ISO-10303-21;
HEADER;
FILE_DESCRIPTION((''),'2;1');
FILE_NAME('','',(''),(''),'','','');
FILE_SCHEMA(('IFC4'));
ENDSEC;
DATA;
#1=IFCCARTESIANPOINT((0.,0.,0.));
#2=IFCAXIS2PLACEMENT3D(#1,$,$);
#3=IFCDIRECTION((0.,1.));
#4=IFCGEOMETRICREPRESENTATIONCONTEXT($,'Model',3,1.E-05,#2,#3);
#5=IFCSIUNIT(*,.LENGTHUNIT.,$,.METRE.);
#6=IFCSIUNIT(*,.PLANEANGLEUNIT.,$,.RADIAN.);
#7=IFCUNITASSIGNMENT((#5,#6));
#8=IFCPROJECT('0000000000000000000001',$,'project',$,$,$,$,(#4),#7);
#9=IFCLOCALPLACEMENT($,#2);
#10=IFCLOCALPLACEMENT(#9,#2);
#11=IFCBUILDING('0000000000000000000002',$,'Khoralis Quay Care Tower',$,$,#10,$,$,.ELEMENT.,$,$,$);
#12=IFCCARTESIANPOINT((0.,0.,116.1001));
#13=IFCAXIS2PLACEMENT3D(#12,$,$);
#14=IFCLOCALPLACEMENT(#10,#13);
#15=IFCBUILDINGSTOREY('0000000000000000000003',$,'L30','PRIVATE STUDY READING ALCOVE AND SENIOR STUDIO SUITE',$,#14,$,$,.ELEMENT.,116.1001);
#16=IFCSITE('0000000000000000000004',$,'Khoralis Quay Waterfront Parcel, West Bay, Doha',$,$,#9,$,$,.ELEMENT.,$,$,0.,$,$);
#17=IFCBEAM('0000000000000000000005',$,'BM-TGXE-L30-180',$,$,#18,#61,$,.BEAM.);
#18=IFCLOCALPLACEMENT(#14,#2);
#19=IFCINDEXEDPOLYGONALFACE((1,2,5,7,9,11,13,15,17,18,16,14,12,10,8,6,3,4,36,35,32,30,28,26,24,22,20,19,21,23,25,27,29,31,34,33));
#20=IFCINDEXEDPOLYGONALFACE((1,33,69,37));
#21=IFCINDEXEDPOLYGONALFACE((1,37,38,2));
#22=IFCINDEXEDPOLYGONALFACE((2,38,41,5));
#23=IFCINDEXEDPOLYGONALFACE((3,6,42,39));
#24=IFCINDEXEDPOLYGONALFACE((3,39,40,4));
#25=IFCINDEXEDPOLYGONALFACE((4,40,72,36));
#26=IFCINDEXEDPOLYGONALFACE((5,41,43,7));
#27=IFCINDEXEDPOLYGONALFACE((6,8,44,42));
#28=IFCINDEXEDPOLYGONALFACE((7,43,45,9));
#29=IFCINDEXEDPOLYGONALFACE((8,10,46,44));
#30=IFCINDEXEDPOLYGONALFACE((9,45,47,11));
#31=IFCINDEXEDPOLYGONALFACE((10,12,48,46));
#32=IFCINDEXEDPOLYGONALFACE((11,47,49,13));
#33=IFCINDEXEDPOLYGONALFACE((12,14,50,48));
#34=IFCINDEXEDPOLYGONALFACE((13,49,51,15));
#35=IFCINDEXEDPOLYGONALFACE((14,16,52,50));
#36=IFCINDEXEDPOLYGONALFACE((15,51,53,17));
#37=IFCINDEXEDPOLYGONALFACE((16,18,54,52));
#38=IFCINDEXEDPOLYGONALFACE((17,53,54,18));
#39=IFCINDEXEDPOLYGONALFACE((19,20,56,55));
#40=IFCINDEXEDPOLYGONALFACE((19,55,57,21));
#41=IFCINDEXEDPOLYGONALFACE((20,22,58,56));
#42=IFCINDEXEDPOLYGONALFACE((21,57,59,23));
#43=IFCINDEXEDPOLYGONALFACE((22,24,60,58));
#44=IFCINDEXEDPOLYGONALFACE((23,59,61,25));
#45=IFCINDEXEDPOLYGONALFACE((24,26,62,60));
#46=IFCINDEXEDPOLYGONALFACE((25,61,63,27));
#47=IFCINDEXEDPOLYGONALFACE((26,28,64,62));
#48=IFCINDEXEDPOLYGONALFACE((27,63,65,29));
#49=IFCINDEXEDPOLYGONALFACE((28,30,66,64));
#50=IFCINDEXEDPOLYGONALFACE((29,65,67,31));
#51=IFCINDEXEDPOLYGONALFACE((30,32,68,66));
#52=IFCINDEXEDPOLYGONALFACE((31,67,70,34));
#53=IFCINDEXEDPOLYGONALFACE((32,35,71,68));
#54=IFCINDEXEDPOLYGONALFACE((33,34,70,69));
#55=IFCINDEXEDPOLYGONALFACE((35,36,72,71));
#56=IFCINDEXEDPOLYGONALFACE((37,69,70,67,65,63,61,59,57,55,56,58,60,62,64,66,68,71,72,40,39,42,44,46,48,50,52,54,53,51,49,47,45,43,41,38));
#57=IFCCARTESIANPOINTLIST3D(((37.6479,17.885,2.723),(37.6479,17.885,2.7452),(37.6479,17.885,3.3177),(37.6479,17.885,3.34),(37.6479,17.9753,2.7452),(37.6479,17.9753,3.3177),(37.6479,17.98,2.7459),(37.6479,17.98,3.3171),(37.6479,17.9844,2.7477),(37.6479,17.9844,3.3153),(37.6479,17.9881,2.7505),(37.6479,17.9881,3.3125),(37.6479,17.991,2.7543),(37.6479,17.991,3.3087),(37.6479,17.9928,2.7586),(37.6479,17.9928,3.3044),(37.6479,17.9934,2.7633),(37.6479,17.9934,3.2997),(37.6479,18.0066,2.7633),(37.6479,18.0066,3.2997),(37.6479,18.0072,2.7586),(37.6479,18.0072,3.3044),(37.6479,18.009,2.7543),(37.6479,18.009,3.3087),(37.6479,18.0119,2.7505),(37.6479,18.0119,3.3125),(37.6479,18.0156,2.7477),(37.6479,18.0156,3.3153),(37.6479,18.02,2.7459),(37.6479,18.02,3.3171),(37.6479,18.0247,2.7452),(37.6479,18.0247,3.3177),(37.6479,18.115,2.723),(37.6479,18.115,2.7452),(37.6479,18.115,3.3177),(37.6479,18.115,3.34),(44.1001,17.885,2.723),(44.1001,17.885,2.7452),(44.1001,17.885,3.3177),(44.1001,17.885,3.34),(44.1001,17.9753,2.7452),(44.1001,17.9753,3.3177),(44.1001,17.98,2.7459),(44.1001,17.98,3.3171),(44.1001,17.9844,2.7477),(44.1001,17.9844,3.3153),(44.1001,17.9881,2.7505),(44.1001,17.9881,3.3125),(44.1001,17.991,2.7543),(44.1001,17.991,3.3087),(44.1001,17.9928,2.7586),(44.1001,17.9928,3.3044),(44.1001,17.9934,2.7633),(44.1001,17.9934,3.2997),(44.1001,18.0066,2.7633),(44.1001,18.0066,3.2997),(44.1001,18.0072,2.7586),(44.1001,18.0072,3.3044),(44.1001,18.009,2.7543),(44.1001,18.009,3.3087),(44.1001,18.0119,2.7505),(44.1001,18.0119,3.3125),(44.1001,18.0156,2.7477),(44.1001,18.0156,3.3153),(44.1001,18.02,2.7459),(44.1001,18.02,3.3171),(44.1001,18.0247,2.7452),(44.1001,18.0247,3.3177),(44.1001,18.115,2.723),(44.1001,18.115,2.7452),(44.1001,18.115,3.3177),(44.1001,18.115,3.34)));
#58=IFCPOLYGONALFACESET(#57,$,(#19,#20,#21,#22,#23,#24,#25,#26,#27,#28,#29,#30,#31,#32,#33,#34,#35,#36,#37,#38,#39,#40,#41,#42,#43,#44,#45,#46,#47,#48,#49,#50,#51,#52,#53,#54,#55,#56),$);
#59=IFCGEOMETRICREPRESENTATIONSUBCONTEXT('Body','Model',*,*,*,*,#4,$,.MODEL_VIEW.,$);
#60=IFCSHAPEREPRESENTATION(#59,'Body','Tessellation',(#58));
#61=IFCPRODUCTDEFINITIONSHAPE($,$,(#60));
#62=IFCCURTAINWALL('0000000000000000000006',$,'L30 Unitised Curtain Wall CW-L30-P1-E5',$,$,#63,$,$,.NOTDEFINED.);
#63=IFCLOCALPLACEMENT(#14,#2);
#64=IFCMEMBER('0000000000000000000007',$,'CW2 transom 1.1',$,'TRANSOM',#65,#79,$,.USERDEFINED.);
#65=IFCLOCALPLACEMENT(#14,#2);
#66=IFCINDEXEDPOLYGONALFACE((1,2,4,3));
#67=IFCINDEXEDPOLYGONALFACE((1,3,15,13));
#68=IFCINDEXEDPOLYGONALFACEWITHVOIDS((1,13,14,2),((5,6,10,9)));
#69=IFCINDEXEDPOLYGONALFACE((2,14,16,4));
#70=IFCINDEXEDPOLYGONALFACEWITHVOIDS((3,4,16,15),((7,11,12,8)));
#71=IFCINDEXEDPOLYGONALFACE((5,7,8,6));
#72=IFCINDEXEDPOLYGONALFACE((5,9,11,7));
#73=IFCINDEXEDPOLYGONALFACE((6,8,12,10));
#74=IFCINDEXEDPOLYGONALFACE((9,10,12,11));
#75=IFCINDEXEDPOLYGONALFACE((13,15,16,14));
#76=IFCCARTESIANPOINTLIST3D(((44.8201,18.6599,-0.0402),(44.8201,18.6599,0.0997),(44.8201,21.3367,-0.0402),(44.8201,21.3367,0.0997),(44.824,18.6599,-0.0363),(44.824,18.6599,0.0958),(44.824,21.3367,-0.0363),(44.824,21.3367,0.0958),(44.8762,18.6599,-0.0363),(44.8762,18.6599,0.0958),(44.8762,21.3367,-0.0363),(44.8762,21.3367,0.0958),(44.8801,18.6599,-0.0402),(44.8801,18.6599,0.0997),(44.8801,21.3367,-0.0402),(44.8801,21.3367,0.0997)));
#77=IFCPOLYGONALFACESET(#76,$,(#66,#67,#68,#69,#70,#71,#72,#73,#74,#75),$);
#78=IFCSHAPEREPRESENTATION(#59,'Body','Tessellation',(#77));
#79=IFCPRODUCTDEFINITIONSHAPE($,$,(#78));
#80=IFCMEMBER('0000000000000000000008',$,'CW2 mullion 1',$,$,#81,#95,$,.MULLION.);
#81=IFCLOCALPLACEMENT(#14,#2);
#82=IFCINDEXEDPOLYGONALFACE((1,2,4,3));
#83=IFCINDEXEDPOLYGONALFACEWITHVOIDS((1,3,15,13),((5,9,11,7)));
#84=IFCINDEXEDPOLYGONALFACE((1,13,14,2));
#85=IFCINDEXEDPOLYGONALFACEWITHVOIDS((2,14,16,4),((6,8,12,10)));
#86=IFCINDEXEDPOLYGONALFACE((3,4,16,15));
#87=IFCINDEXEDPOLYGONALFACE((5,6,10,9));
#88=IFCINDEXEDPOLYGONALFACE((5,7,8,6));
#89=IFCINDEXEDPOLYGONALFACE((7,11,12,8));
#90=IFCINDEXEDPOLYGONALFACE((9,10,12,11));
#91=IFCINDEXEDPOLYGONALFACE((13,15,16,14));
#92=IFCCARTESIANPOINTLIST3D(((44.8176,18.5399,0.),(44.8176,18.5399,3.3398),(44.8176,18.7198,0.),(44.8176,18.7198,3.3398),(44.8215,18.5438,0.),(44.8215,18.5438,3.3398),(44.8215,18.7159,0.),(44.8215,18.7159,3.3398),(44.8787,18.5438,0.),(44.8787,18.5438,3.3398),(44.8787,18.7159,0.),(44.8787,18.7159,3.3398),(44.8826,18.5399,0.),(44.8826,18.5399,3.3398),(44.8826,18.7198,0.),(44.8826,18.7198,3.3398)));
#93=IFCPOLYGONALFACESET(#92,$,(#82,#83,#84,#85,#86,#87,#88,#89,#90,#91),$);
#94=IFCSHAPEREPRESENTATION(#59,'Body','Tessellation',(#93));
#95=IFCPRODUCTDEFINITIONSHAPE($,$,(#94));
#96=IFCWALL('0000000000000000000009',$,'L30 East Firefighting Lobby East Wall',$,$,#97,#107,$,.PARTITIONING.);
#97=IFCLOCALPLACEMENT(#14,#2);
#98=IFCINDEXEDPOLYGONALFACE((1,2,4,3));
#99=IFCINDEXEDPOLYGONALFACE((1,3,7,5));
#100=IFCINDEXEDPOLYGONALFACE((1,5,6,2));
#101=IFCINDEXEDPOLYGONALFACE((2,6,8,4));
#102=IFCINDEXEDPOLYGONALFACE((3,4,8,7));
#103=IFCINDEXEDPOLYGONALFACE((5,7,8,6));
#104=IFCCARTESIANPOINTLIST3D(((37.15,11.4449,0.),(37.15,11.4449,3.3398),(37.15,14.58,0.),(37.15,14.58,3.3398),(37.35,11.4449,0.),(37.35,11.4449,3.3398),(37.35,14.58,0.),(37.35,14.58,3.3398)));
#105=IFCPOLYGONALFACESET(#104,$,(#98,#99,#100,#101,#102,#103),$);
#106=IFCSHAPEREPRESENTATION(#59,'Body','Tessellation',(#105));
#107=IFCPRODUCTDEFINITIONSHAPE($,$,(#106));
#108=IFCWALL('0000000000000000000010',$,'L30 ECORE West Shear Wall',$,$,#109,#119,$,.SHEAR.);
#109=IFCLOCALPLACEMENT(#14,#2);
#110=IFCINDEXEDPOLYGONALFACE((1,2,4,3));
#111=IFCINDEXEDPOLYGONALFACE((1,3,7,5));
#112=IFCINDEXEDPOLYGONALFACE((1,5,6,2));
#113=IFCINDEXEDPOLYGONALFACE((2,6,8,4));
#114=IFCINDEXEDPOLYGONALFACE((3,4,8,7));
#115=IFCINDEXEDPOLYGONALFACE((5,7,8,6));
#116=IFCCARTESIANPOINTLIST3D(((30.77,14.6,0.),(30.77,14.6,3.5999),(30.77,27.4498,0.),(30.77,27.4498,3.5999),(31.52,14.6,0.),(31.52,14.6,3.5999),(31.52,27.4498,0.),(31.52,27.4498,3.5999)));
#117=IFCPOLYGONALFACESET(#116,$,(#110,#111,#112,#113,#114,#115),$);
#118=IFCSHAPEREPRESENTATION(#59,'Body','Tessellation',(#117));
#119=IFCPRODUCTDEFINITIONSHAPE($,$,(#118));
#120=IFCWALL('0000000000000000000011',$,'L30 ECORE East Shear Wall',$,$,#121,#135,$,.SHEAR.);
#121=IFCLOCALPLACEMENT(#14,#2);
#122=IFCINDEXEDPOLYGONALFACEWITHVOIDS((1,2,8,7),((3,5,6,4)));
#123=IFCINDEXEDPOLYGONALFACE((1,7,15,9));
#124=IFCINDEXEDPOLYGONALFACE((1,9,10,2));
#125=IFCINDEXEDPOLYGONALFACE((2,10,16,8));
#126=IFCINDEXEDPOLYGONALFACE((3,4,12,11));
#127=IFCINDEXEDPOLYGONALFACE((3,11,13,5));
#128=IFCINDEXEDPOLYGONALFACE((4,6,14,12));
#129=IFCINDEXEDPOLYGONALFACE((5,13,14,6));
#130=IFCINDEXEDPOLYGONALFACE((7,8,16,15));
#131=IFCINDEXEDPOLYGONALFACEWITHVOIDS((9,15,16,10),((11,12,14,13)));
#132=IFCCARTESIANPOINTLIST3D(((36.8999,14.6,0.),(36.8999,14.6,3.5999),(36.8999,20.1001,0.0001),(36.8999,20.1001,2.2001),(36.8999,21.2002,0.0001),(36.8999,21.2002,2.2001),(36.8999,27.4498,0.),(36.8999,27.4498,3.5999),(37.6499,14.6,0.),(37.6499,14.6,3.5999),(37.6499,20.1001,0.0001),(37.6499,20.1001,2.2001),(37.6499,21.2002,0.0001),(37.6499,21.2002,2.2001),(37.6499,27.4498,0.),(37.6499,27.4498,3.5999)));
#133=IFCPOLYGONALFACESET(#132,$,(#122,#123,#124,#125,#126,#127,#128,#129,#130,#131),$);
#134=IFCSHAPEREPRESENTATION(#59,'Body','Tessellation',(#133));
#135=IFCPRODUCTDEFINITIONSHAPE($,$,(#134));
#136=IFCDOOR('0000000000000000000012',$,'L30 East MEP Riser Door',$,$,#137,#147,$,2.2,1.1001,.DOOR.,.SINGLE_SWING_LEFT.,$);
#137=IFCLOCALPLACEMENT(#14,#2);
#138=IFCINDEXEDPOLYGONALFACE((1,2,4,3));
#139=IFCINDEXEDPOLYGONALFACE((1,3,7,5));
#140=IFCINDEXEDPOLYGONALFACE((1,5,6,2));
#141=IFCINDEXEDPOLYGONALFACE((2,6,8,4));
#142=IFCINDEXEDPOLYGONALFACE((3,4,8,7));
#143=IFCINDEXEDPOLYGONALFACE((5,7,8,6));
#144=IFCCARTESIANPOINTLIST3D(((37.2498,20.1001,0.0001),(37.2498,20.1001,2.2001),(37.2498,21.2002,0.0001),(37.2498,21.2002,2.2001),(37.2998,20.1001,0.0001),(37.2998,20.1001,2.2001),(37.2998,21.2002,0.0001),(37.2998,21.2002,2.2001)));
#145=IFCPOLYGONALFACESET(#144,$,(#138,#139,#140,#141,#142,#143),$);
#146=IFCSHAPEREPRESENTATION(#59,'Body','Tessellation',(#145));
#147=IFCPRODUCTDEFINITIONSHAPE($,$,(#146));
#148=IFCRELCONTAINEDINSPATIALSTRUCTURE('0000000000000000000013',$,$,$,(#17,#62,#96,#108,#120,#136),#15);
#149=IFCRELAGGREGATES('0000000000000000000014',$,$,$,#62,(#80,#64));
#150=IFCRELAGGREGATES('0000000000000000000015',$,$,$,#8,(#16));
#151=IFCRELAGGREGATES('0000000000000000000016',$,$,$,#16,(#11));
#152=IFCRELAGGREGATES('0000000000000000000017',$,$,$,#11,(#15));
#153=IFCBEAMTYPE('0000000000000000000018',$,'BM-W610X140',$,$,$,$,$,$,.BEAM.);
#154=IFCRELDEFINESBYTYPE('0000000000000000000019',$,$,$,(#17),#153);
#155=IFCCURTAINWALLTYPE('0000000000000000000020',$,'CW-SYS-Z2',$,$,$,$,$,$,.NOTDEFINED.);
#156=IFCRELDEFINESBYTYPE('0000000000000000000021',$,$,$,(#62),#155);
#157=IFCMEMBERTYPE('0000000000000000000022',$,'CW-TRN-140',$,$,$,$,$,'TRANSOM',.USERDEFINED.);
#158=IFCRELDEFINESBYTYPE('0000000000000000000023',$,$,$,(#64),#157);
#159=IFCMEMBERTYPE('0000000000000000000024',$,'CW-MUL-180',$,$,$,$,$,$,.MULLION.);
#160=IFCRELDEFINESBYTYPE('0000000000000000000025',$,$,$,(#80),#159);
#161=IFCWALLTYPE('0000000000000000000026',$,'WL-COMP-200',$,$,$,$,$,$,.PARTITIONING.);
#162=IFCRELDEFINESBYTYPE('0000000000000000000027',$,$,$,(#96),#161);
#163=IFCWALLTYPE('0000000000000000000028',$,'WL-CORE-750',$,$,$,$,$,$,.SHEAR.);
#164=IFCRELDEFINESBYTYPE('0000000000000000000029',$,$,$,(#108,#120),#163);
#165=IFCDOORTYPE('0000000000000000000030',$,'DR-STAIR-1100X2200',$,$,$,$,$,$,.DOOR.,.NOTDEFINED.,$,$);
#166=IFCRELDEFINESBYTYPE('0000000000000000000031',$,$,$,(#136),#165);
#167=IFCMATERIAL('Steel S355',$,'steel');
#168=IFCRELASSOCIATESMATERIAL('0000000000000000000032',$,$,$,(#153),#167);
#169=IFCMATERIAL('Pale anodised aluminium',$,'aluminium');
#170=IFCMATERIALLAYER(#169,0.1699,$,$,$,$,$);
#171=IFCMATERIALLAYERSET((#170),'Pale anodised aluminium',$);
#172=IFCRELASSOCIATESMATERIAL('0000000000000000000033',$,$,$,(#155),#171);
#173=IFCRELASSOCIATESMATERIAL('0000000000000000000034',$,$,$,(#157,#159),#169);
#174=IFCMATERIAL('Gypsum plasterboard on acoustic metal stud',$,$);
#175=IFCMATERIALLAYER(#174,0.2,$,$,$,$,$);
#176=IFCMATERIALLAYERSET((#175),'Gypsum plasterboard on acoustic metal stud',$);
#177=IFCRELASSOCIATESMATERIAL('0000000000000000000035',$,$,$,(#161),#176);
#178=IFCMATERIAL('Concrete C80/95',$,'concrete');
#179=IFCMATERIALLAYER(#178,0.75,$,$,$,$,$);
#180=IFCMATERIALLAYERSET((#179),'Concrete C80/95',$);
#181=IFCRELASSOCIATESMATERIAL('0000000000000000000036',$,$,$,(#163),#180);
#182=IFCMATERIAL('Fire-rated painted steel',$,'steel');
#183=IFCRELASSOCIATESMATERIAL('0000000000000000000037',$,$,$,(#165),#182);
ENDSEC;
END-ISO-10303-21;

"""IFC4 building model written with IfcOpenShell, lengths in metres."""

from ifc_helpers import new_model, si_unit, direction, frame, frame_2d, origin, origin_2d, place, context, subcontext, project, spatial, rectangle, hollow_rectangle, i_section, extrude, source, transform, mapped, material, layer, layer_set, material_profile, profile_set, type_object, element, fill, aggregate, save


model = new_model("IFC4")

# Units and contexts
model_context = context("Model", 3, precision=1e-05, world=origin(), true_north=direction((0.0, 1.0)))
body_context = subcontext(model_context, "Body", "Model", "MODEL_VIEW")
ifc_project = project(units=[si_unit("LENGTHUNIT", "METRE"), si_unit("PLANEANGLEUNIT", "RADIAN")], contexts=[model_context])

# Site, building, storey
site_placement = place(None, origin())
site = spatial("IfcSite", under=ifc_project, at=site_placement, Name="Khoralis Quay Waterfront Parcel, West Bay, Doha", CompositionType="ELEMENT", RefElevation=0.0)
building_placement = place(site_placement, origin())
building = spatial("IfcBuilding", under=site, at=building_placement, Name="Khoralis Quay Care Tower", CompositionType="ELEMENT")
storey_placement = place(building_placement, frame((0.0, 0.0, 116.1001)))
storey = spatial("IfcBuildingStorey", under=building, at=storey_placement, Name="L30", Description="PRIVATE STUDY READING ALCOVE AND SENIOR STUDIO SUITE", CompositionType="ELEMENT", Elevation=116.1001)

# Beam
ifc_material_1 = material(Name="Steel S355", Category="steel")
ifc_material_profile_1 = material_profile(ifc_material_1, i_section(OverallWidth=0.23, OverallDepth=0.6169, WebThickness=0.0132, FlangeThickness=0.0222, FilletRadius=0.0181, at=origin_2d()), Name="Steel S355")
ifc_profile_set_1 = profile_set([ifc_material_profile_1], Name="Steel S355")
beam_type_1 = type_object("IfcBeamType", Name="BM-W610X140", PredefinedType="BEAM", material=ifc_profile_set_1)
shared_shape_1 = source(origin(), body_context, "Body", "SweptSolid", [
    extrude(i_section(OverallWidth=0.23, OverallDepth=0.6169, WebThickness=0.0132, FlangeThickness=0.0222, FilletRadius=0.0181, at=origin_2d()), origin(), (0.0, 0.0, 1.0), 6.4521),
])
beam_1_placement = place(storey_placement, frame((37.6479, 18.0, 3.0315), z_axis=(1.0, 0.0, 0.0), x_axis=(0.0, 1.0, 0.0)))
element("IfcBeam", 1, at=beam_1_placement, inside=storey, type_object=beam_type_1, Name="BM-TGXE-L30-180", PredefinedType="BEAM", context=body_context, shape_type="MappedRepresentation", body=[
    mapped(shared_shape_1, transform((0.0, 0.0, 0.0), scale=1.0)),
])

# Curtain wall, members
ifc_material_2 = material(Name="Pale anodised aluminium", Category="aluminium")
ifc_layer_1 = layer(ifc_material_2, 0.1699)
ifc_layer_set_1 = layer_set([ifc_layer_1], Name="Pale anodised aluminium")
curtain_wall_type = type_object("IfcCurtainWallType", Name="CW-SYS-Z2", PredefinedType="NOTDEFINED", material=ifc_layer_set_1)
curtain_wall_placement = place(storey_placement, origin())
curtain_wall = element("IfcCurtainWall", 2, at=curtain_wall_placement, inside=storey, type_object=curtain_wall_type, Name="L30 Unitised Curtain Wall CW-L30-P1-E5", PredefinedType="NOTDEFINED")
ifc_material_profile_2 = material_profile(ifc_material_2, hollow_rectangle(XDim=0.0601, YDim=0.1399, WallThickness=0.0039, at=origin_2d()), Name="Pale anodised aluminium")
ifc_profile_set_2 = profile_set([ifc_material_profile_2], Name="Pale anodised aluminium")
member_type_1 = type_object("IfcMemberType", Name="CW-TRN-140", ElementType="TRANSOM", PredefinedType="USERDEFINED", material=ifc_profile_set_2)
shared_shape_2 = source(origin(), body_context, "Body", "SweptSolid", [
    extrude(hollow_rectangle(XDim=0.0601, YDim=0.1399, WallThickness=0.0039, at=origin_2d()), origin(), (0.0, 0.0, 1.0), 2.6768),
])
member_1_placement = place(storey_placement, frame((44.8501, 18.6599, 0.0298), z_axis=(0.0, 1.0, 0.0), x_axis=(-1.0, 0.0, 0.0)))
member_1 = element("IfcMember", 3, at=member_1_placement, type_object=member_type_1, Name="CW2 transom 1.1", ObjectType="TRANSOM", PredefinedType="USERDEFINED", context=body_context, shape_type="MappedRepresentation", body=[
    mapped(shared_shape_2, transform((0.0, 0.0, 0.0), scale=1.0)),
])
ifc_material_profile_3 = material_profile(ifc_material_2, hollow_rectangle(XDim=0.0649, YDim=0.1799, WallThickness=0.0039, at=origin_2d()), Name="Pale anodised aluminium")
ifc_profile_set_3 = profile_set([ifc_material_profile_3], Name="Pale anodised aluminium")
member_type_2 = type_object("IfcMemberType", Name="CW-MUL-180", PredefinedType="MULLION", material=ifc_profile_set_3)
shared_shape_3 = source(origin(), body_context, "Body", "SweptSolid", [
    extrude(hollow_rectangle(XDim=0.0649, YDim=0.1799, WallThickness=0.0039, at=origin_2d()), origin(), (0.0, 0.0, 1.0), 3.3398),
])
member_2_placement = place(storey_placement, frame((44.8501, 18.6299, 0.0), z_axis=(0.0, 0.0, 1.0), x_axis=(-1.0, 0.0, 0.0)))
member_2 = element("IfcMember", 4, at=member_2_placement, type_object=member_type_2, Name="CW2 mullion 1", PredefinedType="MULLION", context=body_context, shape_type="MappedRepresentation", body=[
    mapped(shared_shape_3, transform((0.0, 0.0, 0.0), scale=1.0)),
])
aggregate(curtain_wall, [member_2, member_1])

# Walls
ifc_material_3 = material(Name="Gypsum plasterboard on acoustic metal stud")
ifc_layer_2 = layer(ifc_material_3, 0.2)
ifc_layer_set_2 = layer_set([ifc_layer_2], Name="Gypsum plasterboard on acoustic metal stud")
wall_type_1 = type_object("IfcWallType", Name="WL-COMP-200", PredefinedType="PARTITIONING", material=ifc_layer_set_2)
wall_1_placement = place(storey_placement, frame((37.25, 11.4451, 0.0), z_axis=(0.0, 0.0, 1.0), x_axis=(0.0, 1.0, 0.0)))
element("IfcWall", 5, at=wall_1_placement, inside=storey, type_object=wall_type_1, Name="L30 East Firefighting Lobby East Wall", PredefinedType="PARTITIONING", context=body_context, shape_type="SweptSolid", body=[
    extrude(rectangle(XDim=3.135, YDim=0.2, at=frame_2d((1.5674, 0.0))), origin(), (0.0, 0.0, 1.0), 3.3398),
])
ifc_material_4 = material(Name="Concrete C80/95", Category="concrete")
ifc_layer_3 = layer(ifc_material_4, 0.75)
ifc_layer_set_3 = layer_set([ifc_layer_3], Name="Concrete C80/95")
wall_type_2 = type_object("IfcWallType", Name="WL-CORE-750", PredefinedType="SHEAR", material=ifc_layer_set_3)
wall_2_placement = place(storey_placement, frame((31.145, 14.6001, 0.0), z_axis=(0.0, 0.0, 1.0), x_axis=(0.0, 1.0, 0.0)))
element("IfcWall", 6, at=wall_2_placement, inside=storey, type_object=wall_type_2, Name="L30 ECORE West Shear Wall", PredefinedType="SHEAR", context=body_context, shape_type="SweptSolid", body=[
    extrude(rectangle(XDim=12.8499, YDim=0.75, at=frame_2d((6.4248, 0.0))), origin(), (0.0, 0.0, 1.0), 3.5999),
])

# Wall, opening, door
wall_3_placement = place(storey_placement, frame((37.2749, 14.6001, 0.0), z_axis=(0.0, 0.0, 1.0), x_axis=(0.0, 1.0, 0.0)))
wall_3 = element("IfcWall", 7, at=wall_3_placement, inside=storey, type_object=wall_type_2, Name="L30 ECORE East Shear Wall", PredefinedType="SHEAR", context=body_context, shape_type="SweptSolid", body=[
    extrude(rectangle(XDim=12.8499, YDim=0.75, at=frame_2d((6.4248, 0.0))), origin(), (0.0, 0.0, 1.0), 3.5999),
])
opening_1_placement = place(wall_3_placement, frame((5.5, 0.0, 0.0)))
opening_1 = element("IfcOpeningElement", 8, at=opening_1_placement, cuts=wall_3, PredefinedType="OPENING", context=body_context, shape_type="SweptSolid", body=[
    extrude(rectangle(XDim=1.1001, YDim=2.2, at=frame_2d((0.55, 1.1001))), frame((0.0, 0.385, 0.0), z_axis=(0.0, -1.0, 0.0), x_axis=(1.0, 0.0, 0.0)), (0.0, 0.0, 1.0), 0.77),
])
ifc_material_5 = material(Name="Fire-rated painted steel", Category="steel")
door_type_1 = type_object("IfcDoorType", Name="DR-STAIR-1100X2200", OperationType="NOTDEFINED", PredefinedType="DOOR", material=ifc_material_5)
shared_shape_4 = source(origin(), body_context, "Body", "SweptSolid", [
    extrude(rectangle(XDim=1.1001, YDim=2.2, at=frame_2d((0.55, 1.1001))), frame((0.0, 0.0249, 0.0), z_axis=(0.0, -1.0, 0.0), x_axis=(1.0, 0.0, 0.0)), (0.0, 0.0, 1.0), 0.05),
])
door_1_placement = place(opening_1_placement, frame((1.1001, 0.0, 0.0), z_axis=(0.0, 0.0, 1.0), x_axis=(-1.0, 0.0, 0.0)))
door_1 = element("IfcDoor", 9, at=door_1_placement, inside=storey, type_object=door_type_1, Name="L30 East MEP Riser Door", OperationType="SINGLE_SWING_LEFT", OverallHeight=2.2, OverallWidth=1.1001, PredefinedType="DOOR", context=body_context, shape_type="MappedRepresentation", body=[
    mapped(shared_shape_4, transform((0.0, 0.0, 0.0), scale=1.0)),
])
fill(opening_1, door_1)

save(model, "model.ifc")
